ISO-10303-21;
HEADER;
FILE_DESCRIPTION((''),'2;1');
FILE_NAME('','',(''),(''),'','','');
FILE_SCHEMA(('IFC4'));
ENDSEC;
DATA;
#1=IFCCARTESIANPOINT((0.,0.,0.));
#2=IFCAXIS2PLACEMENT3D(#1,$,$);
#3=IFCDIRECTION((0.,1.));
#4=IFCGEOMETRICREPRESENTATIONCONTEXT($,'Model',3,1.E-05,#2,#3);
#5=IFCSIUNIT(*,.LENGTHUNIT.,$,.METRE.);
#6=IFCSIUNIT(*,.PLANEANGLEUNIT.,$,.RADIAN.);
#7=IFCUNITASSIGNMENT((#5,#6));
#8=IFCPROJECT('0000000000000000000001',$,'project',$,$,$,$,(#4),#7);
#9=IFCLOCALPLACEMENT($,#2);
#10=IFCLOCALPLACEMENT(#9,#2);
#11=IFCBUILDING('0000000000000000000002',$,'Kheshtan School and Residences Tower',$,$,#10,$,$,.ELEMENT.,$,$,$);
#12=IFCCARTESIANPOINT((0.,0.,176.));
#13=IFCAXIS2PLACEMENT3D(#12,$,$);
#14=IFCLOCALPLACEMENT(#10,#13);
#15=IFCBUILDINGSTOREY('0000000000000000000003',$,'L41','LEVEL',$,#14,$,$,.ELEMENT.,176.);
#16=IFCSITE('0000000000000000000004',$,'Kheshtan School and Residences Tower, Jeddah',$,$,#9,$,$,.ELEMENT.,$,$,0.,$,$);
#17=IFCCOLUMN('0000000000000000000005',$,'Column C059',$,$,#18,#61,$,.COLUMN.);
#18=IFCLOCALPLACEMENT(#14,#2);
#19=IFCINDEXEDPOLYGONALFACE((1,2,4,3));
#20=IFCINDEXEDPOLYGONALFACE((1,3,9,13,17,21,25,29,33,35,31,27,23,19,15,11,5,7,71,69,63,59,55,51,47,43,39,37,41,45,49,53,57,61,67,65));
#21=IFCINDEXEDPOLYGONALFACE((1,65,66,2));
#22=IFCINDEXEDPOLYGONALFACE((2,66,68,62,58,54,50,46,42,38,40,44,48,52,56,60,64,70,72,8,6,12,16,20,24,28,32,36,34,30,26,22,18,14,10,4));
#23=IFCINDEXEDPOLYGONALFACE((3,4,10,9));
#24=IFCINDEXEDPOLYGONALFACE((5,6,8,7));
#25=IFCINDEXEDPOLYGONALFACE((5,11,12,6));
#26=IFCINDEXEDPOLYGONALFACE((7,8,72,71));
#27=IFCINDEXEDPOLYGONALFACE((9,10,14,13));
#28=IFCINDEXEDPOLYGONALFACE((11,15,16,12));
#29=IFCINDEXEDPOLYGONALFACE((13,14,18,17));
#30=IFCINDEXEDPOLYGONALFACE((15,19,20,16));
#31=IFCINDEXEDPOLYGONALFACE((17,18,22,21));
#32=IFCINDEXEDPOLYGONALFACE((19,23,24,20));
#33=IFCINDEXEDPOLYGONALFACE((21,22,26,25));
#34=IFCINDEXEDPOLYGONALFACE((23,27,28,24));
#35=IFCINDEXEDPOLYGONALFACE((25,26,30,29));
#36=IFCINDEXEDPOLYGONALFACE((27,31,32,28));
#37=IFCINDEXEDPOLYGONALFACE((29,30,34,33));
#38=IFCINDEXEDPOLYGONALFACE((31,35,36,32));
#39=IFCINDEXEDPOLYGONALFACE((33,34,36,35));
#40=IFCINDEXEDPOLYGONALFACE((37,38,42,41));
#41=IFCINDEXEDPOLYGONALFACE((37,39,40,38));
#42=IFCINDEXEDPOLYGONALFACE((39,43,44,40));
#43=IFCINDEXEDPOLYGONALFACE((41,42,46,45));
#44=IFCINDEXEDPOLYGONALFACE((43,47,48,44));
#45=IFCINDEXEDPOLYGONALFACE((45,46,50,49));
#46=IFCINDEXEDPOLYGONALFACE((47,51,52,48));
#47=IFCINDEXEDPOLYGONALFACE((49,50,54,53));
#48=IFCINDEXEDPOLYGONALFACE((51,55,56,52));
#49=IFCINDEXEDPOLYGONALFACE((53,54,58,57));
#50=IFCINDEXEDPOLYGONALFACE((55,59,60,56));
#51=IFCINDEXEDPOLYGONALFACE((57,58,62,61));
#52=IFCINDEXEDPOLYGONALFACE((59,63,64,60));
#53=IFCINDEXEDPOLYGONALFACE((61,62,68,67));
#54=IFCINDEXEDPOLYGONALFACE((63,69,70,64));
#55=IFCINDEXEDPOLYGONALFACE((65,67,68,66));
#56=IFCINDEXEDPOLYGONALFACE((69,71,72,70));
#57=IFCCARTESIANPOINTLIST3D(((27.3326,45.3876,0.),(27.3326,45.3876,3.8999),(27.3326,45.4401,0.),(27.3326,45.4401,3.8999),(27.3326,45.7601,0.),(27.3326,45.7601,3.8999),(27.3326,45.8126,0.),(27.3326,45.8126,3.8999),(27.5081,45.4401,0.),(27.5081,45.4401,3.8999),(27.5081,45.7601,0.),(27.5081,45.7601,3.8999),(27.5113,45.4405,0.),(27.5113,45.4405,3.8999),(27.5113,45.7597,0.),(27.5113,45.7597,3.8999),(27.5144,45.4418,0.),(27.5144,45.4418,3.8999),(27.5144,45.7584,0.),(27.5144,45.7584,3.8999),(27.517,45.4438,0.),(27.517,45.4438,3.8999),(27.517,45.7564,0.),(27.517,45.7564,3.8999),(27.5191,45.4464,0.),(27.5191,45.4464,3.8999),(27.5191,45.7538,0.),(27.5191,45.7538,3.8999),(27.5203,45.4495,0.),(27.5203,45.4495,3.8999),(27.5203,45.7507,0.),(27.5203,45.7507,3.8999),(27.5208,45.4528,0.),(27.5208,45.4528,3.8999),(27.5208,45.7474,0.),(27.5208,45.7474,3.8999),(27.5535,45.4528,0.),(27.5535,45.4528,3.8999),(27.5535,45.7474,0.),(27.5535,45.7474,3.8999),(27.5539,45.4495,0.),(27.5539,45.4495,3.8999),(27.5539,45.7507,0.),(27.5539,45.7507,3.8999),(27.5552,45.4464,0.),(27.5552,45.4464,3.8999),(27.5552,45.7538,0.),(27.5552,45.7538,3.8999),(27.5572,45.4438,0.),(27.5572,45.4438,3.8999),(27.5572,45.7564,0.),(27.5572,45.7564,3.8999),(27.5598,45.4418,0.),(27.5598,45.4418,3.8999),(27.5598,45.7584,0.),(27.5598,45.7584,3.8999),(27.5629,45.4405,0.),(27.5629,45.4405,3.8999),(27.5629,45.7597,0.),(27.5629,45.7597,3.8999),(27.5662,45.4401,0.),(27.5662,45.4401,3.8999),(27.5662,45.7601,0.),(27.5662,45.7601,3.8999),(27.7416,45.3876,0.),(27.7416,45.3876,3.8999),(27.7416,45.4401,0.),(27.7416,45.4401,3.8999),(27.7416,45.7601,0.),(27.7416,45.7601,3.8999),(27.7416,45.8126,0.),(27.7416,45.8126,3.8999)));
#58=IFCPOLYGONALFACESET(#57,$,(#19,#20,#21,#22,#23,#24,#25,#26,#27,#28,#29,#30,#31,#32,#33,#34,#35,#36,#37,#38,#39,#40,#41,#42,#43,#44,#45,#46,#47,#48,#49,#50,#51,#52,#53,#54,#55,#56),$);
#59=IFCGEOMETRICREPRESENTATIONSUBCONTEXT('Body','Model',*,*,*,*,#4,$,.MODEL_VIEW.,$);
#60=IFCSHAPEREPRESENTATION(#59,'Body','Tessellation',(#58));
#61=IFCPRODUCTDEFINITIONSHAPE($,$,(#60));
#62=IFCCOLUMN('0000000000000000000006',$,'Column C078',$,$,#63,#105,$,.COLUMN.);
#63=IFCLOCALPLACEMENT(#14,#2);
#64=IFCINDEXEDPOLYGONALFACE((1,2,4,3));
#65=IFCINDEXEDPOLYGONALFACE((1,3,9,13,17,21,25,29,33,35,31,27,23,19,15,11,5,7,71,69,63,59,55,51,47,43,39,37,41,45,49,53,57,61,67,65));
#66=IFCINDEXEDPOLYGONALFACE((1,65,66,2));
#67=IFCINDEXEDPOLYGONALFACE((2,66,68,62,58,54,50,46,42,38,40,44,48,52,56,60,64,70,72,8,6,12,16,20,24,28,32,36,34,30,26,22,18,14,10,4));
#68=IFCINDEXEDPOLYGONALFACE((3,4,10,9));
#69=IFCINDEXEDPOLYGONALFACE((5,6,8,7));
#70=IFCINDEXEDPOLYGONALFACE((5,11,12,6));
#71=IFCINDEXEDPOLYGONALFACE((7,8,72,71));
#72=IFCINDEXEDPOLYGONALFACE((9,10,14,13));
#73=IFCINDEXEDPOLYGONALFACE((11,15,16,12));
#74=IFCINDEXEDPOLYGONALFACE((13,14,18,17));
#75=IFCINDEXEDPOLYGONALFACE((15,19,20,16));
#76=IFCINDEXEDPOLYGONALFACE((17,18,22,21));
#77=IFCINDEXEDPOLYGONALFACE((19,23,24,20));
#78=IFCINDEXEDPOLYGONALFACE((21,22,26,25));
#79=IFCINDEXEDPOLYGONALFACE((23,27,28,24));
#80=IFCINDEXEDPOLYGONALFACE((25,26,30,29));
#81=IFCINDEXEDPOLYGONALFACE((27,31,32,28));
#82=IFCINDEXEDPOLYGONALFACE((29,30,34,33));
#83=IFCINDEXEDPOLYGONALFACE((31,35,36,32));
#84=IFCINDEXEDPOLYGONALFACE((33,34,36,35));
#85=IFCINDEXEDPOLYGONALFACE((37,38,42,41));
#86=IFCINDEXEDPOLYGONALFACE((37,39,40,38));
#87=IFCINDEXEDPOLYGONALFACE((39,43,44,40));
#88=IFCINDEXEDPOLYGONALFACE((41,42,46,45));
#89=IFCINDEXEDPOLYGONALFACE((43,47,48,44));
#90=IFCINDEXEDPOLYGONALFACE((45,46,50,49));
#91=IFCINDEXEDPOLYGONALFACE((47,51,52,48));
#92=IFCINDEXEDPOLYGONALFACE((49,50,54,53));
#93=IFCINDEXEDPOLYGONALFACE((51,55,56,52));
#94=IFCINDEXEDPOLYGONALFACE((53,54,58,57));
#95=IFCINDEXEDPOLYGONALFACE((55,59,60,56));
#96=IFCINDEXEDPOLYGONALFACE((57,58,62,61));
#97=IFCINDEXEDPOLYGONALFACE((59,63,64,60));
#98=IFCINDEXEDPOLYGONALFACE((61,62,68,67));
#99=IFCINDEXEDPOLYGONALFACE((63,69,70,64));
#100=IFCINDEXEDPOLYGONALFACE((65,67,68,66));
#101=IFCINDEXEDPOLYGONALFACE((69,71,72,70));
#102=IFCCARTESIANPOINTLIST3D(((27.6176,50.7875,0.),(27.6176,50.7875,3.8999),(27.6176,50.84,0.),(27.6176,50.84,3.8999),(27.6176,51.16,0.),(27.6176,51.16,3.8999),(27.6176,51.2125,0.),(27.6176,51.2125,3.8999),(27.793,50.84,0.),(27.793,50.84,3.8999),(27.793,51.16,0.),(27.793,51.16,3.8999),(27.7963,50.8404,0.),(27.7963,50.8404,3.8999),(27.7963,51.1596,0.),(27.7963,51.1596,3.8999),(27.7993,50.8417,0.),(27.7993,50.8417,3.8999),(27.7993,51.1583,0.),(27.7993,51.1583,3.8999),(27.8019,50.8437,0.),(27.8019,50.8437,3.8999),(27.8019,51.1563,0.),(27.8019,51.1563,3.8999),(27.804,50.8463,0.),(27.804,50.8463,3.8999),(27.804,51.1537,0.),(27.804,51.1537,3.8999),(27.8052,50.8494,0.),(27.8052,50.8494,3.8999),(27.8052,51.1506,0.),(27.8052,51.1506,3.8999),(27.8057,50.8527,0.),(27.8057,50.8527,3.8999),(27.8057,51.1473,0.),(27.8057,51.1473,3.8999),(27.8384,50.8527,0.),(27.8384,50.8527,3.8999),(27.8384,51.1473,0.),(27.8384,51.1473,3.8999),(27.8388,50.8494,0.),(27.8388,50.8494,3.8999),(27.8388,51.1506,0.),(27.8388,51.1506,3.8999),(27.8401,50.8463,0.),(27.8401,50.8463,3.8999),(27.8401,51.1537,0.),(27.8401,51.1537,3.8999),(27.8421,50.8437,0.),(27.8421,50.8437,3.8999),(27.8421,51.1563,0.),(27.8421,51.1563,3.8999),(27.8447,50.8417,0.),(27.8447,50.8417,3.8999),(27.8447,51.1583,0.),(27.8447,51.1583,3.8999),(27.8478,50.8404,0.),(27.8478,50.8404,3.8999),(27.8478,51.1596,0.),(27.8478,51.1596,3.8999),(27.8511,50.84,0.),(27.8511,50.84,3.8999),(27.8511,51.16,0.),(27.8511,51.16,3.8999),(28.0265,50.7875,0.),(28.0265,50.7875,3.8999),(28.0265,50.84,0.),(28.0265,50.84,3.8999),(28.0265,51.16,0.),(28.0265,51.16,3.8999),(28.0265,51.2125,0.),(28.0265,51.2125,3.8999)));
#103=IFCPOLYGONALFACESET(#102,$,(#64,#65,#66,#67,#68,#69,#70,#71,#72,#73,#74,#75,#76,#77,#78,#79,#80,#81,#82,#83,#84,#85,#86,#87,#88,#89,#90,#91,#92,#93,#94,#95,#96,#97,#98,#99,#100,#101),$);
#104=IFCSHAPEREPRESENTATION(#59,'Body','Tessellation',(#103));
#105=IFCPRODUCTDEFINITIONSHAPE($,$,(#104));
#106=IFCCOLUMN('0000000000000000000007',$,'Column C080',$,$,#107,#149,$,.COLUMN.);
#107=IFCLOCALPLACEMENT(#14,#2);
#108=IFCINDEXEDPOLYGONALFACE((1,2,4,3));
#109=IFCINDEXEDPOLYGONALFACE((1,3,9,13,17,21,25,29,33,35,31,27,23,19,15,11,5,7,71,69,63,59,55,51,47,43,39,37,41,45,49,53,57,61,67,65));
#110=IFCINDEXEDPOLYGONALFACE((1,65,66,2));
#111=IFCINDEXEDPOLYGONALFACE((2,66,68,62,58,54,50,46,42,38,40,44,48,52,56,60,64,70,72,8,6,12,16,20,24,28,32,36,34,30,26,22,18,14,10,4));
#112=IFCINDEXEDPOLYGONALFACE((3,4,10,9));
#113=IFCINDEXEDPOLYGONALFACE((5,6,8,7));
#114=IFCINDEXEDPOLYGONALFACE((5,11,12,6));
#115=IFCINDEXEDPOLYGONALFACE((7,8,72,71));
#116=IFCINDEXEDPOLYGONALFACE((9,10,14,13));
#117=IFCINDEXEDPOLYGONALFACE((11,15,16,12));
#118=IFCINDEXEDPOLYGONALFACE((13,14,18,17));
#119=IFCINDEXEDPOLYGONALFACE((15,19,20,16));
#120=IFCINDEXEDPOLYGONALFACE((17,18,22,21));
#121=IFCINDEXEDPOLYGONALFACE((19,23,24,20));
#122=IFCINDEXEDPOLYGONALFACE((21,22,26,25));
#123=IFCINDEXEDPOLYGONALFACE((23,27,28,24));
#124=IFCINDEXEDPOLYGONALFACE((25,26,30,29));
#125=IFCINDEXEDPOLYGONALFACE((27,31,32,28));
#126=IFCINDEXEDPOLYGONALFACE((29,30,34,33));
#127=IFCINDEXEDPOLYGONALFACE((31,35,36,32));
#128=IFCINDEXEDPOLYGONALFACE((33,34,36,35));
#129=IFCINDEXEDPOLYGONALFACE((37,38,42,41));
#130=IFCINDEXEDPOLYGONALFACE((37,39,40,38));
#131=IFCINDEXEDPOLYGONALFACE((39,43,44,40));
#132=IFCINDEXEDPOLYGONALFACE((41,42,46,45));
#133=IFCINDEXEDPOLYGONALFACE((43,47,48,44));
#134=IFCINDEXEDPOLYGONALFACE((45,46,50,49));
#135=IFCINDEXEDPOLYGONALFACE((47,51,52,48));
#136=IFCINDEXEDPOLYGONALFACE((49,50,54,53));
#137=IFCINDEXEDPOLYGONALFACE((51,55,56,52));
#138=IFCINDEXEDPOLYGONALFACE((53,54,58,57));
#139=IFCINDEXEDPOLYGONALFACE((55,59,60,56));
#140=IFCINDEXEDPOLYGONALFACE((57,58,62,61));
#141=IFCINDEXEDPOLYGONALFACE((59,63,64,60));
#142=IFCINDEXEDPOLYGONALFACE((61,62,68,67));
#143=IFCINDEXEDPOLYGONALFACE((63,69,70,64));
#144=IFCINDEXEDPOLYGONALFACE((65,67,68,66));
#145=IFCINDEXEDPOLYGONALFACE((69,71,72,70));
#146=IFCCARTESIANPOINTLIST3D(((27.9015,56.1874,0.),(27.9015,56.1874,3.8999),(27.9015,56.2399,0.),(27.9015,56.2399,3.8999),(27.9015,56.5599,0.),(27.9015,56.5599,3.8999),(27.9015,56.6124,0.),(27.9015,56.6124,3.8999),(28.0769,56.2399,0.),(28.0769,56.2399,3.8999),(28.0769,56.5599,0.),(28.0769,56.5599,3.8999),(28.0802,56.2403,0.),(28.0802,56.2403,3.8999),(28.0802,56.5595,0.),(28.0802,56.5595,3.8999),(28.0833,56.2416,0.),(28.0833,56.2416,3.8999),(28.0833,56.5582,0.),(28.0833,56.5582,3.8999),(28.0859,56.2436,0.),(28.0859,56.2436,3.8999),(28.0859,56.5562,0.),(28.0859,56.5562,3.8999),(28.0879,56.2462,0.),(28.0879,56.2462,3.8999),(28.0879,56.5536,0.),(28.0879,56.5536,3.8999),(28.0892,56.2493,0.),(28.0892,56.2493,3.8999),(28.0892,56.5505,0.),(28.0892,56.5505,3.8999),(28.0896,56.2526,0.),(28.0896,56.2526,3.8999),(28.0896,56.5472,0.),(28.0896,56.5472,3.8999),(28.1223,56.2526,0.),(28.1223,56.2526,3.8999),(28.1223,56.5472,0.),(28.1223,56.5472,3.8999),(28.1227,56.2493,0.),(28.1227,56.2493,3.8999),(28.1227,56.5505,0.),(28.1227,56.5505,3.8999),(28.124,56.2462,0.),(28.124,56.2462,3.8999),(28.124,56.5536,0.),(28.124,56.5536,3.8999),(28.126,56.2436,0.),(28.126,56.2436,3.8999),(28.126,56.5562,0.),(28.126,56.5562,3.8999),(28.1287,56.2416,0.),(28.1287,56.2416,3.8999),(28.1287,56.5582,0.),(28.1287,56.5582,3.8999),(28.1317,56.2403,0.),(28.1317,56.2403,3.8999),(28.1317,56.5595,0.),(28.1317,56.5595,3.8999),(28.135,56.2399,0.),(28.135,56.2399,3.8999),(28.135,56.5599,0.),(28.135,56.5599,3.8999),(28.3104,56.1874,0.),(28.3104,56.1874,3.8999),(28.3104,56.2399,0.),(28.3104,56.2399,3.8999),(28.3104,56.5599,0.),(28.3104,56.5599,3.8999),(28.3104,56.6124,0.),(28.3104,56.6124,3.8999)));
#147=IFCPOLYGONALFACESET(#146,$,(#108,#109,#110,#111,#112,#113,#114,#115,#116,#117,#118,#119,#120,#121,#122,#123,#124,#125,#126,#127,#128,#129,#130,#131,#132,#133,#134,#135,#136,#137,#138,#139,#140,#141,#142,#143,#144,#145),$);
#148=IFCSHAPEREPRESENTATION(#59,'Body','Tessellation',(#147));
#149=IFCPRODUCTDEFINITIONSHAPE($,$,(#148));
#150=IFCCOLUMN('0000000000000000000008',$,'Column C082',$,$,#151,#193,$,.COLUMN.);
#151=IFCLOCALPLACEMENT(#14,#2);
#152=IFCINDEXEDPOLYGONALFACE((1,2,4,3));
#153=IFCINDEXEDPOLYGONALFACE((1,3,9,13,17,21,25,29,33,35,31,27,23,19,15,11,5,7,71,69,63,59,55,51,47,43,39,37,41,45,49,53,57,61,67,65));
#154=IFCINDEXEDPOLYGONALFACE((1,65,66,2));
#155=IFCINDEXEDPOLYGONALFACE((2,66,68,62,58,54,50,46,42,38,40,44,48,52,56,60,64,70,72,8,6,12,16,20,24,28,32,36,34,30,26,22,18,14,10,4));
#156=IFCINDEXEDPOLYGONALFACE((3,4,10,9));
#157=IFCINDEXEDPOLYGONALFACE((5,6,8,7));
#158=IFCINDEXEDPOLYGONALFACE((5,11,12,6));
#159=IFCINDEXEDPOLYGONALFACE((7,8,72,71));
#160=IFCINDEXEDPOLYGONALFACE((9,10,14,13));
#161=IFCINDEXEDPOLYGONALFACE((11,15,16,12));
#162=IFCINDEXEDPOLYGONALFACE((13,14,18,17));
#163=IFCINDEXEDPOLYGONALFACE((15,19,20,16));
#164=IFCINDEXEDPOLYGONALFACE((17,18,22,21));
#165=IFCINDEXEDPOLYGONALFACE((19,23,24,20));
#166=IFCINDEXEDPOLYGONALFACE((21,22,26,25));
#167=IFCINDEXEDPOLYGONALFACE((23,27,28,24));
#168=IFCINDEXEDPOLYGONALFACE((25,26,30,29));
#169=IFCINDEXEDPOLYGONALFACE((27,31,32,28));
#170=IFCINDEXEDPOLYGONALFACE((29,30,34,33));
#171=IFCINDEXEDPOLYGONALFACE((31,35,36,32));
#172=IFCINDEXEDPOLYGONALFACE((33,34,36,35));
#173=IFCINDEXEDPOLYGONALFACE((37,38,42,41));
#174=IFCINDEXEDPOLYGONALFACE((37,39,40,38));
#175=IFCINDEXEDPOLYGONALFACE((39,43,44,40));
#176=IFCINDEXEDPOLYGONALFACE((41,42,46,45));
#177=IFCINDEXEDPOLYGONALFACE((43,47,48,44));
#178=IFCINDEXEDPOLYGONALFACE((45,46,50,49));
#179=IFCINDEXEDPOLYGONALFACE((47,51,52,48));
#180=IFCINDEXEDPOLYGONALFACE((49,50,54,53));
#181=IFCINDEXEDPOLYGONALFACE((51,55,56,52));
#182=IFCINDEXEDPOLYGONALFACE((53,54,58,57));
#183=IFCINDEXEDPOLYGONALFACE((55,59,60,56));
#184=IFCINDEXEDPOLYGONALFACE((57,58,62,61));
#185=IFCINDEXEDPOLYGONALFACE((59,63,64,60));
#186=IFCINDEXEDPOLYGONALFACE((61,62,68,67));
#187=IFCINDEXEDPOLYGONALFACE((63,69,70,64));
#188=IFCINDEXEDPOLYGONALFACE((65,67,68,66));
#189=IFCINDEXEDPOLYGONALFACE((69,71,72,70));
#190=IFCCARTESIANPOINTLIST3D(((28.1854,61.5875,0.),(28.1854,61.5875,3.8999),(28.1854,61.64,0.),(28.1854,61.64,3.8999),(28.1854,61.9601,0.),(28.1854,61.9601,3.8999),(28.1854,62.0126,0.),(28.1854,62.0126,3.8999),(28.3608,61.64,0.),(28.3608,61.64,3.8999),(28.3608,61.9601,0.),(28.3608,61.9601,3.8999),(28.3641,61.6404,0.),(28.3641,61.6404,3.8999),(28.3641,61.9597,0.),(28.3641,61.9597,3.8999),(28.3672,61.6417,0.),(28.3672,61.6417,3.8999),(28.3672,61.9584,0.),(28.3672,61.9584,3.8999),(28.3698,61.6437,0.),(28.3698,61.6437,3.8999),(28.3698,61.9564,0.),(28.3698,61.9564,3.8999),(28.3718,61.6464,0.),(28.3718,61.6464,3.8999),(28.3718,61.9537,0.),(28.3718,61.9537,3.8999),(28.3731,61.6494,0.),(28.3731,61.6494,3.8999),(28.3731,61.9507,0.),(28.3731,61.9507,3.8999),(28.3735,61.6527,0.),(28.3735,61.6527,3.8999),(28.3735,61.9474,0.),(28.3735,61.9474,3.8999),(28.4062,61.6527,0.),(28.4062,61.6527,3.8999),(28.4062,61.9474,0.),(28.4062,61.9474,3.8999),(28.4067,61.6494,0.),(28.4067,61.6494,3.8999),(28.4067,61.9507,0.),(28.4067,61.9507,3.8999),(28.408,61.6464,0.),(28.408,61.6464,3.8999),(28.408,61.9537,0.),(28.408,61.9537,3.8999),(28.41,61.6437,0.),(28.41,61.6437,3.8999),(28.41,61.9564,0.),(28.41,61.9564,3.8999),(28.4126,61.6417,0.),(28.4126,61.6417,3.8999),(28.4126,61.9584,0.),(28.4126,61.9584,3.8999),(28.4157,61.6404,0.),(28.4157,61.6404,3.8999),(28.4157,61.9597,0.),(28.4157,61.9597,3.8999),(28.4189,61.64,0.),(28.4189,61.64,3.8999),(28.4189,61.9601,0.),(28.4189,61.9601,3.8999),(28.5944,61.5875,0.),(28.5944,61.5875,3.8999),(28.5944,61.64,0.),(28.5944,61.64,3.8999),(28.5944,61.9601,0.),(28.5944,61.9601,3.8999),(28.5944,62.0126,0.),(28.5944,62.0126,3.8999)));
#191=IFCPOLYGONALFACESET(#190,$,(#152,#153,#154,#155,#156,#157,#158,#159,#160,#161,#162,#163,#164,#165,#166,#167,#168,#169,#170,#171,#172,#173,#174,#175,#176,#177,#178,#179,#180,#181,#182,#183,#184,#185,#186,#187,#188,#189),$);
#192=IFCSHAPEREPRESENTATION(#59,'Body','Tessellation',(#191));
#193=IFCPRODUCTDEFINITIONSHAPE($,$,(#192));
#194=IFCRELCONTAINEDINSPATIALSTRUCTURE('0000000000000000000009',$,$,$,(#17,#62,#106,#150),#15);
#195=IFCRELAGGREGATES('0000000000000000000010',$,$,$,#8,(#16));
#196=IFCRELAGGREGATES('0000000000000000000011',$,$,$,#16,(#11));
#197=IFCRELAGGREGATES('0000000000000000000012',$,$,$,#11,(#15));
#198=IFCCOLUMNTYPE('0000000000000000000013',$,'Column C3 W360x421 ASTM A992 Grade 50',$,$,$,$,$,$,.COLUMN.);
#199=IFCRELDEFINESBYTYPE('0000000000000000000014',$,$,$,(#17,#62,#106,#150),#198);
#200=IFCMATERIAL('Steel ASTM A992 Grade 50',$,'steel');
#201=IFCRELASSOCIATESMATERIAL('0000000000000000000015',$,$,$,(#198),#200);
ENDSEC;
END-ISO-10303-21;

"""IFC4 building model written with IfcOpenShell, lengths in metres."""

from ifc_helpers import new_model, si_unit, direction, frame, origin, origin_2d, place, context, subcontext, project, spatial, i_section, extrude, material, material_profile, profile_set, type_object, element, save


model = new_model("IFC4")

# Units and contexts
model_context = context("Model", 3, precision=1e-05, world=origin(), true_north=direction((0.0, 1.0)))
body_context = subcontext(model_context, "Body", "Model", "MODEL_VIEW")
ifc_project = project(units=[si_unit("LENGTHUNIT", "METRE"), si_unit("PLANEANGLEUNIT", "RADIAN")], contexts=[model_context])

# Site, building, storey
site_placement = place(None, origin())
site = spatial("IfcSite", under=ifc_project, at=site_placement, Name="Kheshtan School and Residences Tower, Jeddah", CompositionType="ELEMENT", RefElevation=0.0)
building_placement = place(site_placement, origin())
building = spatial("IfcBuilding", under=site, at=building_placement, Name="Kheshtan School and Residences Tower", CompositionType="ELEMENT")
storey_placement = place(building_placement, frame((0.0, 0.0, 176.0)))
storey = spatial("IfcBuildingStorey", under=building, at=storey_placement, Name="L41", Description="LEVEL", CompositionType="ELEMENT", Elevation=176.0)

# Columns
ifc_material_1 = material(Name="Steel ASTM A992 Grade 50", Category="steel")
ifc_material_profile_1 = material_profile(ifc_material_1, i_section(OverallWidth=0.4089, OverallDepth=0.425, WebThickness=0.0327, FlangeThickness=0.0525, FilletRadius=0.0127, at=origin_2d()), Name="W360x421")
ifc_profile_set_1 = profile_set([ifc_material_profile_1], Name="Steel ASTM A992 Grade 50")
column_type = type_object("IfcColumnType", Name="Column C3 W360x421 ASTM A992 Grade 50", PredefinedType="COLUMN", material=ifc_profile_set_1)
for number, where, z_axis, x_axis, name in (
    (1, (27.5371, 45.6001, 0.0), (0.0, 0.0, 1.0), (1.0, 0.0, 0.0), "Column C059"),
    (2, (27.822, 51.0, 0.0), (0.0, 0.0, 1.0), (1.0, 0.0, 0.0), "Column C078"),
    (3, (28.106, 56.3999, 0.0), (0.0, 0.0, 1.0), (1.0, 0.0, 0.0), "Column C080"),
    (4, (28.3899, 61.8, 0.0), (0.0, 0.0, 1.0), (1.0, 0.0, 0.0), "Column C082"),
):
    element("IfcColumn", number, at=place(storey_placement, frame(where, z_axis=z_axis, x_axis=x_axis)), inside=storey, type_object=column_type, Name=name, PredefinedType="COLUMN", context=body_context, shape_type="SweptSolid", body=[
        extrude(i_section(OverallWidth=0.4089, OverallDepth=0.425, WebThickness=0.0327, FlangeThickness=0.0525, FilletRadius=0.0127, at=origin_2d()), origin(), (0.0, 0.0, 1.0), 3.8999),
    ])

save(model, "model.ifc")
